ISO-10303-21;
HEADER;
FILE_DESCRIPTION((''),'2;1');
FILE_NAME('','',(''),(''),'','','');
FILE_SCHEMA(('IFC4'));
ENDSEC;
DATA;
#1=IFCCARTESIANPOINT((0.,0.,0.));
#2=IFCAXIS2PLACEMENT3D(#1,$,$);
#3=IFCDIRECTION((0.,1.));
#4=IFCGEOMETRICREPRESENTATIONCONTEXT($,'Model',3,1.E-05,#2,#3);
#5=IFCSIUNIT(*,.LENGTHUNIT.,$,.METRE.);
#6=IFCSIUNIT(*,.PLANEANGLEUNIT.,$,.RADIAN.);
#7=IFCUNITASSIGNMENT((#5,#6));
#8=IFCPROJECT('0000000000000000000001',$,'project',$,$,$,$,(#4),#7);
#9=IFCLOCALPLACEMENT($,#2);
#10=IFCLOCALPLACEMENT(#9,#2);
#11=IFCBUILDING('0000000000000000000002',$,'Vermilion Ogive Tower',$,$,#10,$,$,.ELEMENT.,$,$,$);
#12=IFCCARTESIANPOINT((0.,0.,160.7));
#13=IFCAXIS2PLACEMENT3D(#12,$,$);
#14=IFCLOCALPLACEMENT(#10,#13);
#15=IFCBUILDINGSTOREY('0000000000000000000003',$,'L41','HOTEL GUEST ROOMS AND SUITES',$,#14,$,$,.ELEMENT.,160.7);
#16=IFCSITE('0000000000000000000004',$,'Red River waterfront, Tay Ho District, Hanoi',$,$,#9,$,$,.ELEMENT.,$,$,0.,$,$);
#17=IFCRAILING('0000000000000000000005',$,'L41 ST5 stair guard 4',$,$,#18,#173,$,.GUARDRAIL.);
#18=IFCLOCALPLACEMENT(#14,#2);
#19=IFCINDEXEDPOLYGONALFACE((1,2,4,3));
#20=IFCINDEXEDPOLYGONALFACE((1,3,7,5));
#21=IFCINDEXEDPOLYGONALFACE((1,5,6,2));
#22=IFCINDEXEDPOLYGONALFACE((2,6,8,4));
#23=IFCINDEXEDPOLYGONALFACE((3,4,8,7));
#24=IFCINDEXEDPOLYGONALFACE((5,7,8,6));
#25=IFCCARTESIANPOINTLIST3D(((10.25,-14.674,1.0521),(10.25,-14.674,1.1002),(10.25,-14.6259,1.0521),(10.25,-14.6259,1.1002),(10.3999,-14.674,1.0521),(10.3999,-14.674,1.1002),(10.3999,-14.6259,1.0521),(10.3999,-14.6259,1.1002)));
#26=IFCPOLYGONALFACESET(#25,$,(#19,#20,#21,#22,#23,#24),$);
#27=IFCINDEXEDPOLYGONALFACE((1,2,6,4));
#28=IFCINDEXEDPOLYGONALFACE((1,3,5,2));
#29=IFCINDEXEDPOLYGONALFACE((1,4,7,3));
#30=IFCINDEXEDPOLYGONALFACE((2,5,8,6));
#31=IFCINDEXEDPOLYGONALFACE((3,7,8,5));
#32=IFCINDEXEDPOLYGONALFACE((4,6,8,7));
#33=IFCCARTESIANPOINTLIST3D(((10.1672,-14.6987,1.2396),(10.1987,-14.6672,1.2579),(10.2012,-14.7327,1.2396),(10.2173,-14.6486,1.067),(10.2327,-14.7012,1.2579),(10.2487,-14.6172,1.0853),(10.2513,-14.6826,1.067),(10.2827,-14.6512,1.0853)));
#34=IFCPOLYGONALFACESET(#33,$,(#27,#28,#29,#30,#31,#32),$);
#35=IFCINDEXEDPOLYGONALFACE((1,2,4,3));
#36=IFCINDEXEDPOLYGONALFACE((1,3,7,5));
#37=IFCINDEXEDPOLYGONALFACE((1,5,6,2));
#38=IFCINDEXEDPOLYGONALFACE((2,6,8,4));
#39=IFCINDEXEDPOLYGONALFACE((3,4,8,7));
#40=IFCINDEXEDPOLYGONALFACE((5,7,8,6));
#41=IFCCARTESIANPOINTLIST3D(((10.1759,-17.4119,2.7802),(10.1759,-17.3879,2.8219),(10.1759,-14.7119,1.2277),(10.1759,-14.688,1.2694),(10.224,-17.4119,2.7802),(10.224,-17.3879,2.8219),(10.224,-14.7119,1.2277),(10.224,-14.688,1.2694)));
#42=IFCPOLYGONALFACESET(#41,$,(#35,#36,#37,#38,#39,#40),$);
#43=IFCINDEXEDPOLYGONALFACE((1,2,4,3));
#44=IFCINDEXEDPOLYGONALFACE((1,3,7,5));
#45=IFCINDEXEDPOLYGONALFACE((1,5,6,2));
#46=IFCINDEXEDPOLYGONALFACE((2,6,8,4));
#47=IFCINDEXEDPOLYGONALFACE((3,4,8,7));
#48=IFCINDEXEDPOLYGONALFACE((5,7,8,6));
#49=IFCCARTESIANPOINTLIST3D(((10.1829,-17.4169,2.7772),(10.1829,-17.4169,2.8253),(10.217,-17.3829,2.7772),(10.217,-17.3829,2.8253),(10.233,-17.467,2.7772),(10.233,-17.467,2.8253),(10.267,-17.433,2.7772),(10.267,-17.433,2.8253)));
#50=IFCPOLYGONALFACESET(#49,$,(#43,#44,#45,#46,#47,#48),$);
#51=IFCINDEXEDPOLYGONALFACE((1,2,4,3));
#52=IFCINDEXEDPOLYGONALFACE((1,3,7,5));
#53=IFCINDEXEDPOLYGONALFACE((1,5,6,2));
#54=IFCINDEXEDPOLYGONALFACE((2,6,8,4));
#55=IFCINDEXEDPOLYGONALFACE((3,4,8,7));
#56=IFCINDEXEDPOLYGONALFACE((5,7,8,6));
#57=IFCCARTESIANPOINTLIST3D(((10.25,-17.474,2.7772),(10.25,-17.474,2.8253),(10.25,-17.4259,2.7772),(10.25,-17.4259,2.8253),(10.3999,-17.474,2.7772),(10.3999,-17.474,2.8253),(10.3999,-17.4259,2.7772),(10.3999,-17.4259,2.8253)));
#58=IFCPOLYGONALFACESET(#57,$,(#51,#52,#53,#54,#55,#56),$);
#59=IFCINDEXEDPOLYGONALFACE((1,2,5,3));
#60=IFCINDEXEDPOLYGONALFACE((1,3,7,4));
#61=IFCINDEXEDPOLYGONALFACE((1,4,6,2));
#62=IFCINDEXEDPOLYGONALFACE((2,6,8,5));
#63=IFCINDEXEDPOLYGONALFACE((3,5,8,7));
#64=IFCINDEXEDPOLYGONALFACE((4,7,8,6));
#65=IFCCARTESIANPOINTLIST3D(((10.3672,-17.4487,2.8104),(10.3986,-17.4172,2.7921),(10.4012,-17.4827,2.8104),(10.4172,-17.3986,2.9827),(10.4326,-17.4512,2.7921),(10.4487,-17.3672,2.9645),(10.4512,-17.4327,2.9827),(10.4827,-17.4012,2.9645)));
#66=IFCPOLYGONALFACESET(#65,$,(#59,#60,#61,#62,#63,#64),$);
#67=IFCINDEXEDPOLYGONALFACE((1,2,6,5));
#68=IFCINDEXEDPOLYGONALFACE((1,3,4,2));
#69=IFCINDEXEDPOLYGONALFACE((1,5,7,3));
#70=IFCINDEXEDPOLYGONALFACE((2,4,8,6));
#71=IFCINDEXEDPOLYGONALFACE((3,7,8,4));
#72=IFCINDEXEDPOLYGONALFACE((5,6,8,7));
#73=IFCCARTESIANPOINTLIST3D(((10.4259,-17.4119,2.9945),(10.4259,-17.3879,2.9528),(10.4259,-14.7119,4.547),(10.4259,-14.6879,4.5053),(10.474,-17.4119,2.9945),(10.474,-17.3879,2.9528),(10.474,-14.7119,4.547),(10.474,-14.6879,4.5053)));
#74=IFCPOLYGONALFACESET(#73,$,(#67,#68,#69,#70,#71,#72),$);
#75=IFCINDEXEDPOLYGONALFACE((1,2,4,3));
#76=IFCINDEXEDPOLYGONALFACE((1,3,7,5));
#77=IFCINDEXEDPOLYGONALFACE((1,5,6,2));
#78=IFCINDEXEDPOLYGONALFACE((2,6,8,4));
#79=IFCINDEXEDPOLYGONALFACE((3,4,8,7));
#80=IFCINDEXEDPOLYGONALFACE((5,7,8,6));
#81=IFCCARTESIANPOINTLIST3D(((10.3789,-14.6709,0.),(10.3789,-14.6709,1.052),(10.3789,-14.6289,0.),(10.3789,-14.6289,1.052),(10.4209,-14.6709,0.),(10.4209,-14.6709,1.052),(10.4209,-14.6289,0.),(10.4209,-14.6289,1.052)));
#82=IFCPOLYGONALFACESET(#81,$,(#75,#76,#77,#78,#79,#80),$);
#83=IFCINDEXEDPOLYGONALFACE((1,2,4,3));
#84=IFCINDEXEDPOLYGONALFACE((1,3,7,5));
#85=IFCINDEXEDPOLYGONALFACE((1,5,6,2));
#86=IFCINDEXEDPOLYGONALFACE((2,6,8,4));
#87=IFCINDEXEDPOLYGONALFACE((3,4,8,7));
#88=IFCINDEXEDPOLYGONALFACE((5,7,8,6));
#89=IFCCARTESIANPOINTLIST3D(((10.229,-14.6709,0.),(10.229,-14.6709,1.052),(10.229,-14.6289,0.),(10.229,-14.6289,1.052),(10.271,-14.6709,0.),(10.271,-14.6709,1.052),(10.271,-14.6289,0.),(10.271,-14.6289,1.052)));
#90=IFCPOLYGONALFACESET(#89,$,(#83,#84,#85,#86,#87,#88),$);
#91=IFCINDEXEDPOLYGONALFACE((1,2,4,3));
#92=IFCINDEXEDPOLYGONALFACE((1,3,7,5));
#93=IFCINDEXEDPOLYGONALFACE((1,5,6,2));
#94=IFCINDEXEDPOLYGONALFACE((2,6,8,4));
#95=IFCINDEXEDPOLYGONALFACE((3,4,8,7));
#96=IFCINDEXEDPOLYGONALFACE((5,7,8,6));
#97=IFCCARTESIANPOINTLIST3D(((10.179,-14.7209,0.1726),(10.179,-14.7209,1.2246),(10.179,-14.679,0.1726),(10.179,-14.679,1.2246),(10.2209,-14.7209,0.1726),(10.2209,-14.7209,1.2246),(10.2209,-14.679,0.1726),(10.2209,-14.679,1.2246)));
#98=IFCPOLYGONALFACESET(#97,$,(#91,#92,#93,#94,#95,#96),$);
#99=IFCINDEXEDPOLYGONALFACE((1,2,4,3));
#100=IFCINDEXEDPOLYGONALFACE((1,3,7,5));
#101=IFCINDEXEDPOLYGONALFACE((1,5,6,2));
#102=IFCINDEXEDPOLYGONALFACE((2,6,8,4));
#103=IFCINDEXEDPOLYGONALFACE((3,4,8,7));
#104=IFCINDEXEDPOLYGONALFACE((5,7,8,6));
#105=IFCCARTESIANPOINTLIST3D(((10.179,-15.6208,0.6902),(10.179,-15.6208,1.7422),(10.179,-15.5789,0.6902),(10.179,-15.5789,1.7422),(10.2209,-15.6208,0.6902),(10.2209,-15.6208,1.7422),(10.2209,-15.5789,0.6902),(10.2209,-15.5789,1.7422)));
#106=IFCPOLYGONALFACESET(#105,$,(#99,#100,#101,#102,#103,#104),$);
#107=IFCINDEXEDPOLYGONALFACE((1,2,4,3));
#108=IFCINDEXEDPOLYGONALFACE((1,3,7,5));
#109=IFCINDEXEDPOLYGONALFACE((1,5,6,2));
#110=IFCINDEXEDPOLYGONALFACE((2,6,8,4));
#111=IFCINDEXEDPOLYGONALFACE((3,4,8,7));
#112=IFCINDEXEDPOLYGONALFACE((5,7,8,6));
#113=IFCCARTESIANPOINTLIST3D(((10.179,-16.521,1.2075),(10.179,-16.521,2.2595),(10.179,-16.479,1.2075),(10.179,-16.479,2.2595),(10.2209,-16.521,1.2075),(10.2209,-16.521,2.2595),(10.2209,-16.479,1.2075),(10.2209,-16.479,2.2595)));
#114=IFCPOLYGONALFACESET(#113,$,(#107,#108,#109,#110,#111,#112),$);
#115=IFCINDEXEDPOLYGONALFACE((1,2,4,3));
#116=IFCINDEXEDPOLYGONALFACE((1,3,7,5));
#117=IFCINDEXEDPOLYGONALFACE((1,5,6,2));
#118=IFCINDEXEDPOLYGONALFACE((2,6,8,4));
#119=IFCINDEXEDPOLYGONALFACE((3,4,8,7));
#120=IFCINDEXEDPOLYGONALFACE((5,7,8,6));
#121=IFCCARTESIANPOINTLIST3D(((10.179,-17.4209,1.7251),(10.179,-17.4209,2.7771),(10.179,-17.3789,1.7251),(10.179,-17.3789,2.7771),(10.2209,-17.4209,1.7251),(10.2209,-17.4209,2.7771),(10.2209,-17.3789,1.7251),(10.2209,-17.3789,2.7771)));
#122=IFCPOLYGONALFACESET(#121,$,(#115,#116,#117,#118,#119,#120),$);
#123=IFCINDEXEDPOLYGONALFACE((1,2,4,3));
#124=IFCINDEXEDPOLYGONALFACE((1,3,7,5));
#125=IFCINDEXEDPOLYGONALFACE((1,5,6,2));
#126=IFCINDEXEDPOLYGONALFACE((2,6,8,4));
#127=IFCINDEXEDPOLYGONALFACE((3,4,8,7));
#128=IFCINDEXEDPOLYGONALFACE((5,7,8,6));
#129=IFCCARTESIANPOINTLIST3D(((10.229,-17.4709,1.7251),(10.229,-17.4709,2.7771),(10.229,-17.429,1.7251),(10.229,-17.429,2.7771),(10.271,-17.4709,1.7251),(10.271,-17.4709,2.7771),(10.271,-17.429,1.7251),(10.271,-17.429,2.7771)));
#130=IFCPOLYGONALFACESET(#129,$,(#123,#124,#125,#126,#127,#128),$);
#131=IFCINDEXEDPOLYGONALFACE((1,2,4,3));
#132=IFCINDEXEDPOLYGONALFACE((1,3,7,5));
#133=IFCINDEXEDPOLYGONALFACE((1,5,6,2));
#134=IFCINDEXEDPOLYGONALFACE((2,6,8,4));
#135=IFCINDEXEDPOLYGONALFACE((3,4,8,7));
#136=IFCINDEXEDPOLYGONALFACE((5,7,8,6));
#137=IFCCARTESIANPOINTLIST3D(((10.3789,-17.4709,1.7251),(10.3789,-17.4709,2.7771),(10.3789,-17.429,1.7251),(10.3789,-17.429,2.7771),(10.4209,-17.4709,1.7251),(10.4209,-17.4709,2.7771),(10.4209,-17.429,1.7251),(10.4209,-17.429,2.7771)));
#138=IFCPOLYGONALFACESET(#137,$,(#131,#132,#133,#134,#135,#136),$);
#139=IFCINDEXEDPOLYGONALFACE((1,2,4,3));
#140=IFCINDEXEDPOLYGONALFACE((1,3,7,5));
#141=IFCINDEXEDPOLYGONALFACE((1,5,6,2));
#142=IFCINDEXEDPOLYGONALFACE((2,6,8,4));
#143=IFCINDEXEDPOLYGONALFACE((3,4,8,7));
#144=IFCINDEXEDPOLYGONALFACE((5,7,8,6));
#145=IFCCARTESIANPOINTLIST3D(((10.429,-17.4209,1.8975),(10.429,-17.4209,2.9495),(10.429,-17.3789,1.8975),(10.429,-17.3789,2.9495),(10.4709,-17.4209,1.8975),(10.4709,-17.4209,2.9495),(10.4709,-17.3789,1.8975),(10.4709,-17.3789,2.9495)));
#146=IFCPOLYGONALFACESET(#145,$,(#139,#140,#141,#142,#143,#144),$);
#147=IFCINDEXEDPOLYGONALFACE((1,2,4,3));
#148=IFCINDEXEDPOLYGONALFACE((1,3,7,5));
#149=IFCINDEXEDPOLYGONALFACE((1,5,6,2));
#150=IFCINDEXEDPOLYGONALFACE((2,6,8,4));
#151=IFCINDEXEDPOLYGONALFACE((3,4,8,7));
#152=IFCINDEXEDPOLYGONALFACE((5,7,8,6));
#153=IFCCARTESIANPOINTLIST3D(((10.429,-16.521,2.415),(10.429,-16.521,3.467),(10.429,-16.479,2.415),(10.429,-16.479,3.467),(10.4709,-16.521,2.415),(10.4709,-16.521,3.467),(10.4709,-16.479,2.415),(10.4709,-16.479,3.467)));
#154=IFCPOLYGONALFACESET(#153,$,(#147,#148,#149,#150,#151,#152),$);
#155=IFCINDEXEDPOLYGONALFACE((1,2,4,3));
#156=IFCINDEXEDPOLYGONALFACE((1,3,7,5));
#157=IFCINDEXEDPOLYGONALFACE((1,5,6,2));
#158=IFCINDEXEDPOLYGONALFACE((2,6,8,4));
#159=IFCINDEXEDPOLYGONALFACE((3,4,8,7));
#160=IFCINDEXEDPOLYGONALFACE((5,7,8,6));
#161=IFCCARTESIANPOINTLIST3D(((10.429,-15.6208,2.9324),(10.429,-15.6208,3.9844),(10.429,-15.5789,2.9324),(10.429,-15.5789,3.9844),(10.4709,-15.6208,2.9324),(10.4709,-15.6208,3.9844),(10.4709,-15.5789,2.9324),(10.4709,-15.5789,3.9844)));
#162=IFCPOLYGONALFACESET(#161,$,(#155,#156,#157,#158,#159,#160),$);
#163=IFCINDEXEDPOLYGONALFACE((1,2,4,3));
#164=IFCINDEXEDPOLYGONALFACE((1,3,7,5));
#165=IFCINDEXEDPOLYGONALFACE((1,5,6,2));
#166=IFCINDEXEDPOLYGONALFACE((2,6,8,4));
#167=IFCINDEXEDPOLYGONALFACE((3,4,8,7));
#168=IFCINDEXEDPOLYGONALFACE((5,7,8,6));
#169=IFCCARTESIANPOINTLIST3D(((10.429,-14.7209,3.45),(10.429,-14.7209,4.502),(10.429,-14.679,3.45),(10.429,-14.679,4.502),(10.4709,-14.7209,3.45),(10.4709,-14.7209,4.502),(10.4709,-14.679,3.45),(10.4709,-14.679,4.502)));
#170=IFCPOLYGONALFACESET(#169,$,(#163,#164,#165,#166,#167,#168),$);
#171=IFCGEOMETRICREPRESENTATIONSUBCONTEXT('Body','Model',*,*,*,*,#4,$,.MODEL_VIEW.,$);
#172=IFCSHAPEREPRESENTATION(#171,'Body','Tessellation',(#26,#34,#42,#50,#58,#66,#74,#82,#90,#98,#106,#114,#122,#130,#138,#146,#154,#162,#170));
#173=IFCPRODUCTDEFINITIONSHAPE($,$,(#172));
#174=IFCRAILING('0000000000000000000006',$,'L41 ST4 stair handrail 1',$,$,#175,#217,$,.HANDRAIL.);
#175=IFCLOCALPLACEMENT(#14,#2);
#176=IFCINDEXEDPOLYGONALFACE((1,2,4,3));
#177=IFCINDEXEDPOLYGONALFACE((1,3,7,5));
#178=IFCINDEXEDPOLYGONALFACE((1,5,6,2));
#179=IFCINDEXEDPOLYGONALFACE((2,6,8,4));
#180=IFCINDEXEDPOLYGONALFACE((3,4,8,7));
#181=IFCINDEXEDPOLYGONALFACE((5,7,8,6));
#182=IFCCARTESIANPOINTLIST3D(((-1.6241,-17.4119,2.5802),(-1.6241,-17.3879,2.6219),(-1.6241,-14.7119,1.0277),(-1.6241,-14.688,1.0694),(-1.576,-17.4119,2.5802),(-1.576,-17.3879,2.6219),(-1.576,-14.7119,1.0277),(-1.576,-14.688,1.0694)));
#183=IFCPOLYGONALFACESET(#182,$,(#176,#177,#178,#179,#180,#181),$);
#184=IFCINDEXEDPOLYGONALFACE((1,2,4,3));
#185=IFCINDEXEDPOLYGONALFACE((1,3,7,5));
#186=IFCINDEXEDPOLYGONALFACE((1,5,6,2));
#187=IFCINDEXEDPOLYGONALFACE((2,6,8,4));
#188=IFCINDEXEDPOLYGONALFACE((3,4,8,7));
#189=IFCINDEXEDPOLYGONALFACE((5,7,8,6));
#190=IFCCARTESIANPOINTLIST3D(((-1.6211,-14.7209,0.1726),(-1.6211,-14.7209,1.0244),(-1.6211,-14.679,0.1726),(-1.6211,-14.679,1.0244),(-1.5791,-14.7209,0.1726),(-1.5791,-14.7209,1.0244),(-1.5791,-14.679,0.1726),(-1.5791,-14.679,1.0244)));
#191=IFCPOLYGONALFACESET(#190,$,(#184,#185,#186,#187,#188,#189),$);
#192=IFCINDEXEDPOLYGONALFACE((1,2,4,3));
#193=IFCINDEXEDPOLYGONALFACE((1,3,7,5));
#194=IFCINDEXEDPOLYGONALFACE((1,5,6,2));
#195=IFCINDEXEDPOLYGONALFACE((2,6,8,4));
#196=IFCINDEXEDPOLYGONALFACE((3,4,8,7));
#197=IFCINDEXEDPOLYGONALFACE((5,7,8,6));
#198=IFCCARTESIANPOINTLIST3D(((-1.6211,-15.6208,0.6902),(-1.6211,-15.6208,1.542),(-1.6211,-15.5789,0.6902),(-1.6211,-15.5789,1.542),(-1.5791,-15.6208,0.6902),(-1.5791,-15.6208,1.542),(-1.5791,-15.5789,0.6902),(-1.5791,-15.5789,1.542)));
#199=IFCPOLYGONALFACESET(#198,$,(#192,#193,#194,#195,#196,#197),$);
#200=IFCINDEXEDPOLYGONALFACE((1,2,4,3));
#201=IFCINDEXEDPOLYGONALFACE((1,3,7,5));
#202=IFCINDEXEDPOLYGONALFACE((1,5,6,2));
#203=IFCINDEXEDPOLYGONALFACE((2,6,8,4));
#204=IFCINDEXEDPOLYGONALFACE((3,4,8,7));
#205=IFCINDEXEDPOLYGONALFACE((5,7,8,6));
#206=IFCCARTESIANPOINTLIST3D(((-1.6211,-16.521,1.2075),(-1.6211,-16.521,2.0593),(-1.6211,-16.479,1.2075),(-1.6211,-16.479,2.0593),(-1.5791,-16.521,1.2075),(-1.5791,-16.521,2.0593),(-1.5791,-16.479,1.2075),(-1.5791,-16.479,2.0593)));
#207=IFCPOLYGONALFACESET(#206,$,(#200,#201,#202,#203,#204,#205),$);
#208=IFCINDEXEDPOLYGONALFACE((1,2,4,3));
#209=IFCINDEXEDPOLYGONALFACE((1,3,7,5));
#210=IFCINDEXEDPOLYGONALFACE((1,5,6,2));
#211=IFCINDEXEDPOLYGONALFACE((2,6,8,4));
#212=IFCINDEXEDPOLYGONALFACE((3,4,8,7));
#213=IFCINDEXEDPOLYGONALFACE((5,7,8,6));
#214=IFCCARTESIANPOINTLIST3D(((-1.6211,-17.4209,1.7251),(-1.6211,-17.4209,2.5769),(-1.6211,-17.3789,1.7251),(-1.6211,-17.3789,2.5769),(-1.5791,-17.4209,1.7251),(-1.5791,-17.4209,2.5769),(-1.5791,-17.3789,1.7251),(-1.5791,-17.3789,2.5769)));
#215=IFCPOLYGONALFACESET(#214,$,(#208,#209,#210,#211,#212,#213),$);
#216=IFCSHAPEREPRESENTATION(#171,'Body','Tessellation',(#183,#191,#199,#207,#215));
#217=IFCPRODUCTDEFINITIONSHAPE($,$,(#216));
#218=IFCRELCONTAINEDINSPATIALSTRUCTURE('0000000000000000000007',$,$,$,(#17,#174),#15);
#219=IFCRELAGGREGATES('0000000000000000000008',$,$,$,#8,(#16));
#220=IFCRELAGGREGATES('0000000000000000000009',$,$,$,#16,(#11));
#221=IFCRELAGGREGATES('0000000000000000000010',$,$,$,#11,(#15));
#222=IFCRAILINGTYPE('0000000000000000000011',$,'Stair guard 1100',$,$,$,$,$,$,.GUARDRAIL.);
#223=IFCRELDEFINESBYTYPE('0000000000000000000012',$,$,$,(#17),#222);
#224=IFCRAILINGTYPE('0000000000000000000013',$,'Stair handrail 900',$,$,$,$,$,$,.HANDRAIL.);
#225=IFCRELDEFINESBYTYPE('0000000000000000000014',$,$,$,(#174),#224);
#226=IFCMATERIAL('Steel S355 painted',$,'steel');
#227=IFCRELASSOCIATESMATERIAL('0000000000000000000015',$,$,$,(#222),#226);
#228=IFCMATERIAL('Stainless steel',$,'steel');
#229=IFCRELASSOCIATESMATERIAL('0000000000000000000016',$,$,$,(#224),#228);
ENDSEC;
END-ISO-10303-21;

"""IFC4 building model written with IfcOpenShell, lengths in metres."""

from ifc_helpers import new_model, si_unit, direction, frame, origin, origin_2d, place, context, subcontext, project, spatial, rectangle, extrude, material, type_object, element, save


model = new_model("IFC4")

# Units and contexts
model_context = context("Model", 3, precision=1e-05, world=origin(), true_north=direction((0.0, 1.0)))
body_context = subcontext(model_context, "Body", "Model", "MODEL_VIEW")
ifc_project = project(units=[si_unit("LENGTHUNIT", "METRE"), si_unit("PLANEANGLEUNIT", "RADIAN")], contexts=[model_context])

# Site, building, storey
site_placement = place(None, origin())
site = spatial("IfcSite", under=ifc_project, at=site_placement, Name="Red River waterfront, Tay Ho District, Hanoi", CompositionType="ELEMENT", RefElevation=0.0)
building_placement = place(site_placement, origin())
building = spatial("IfcBuilding", under=site, at=building_placement, Name="Vermilion Ogive Tower", CompositionType="ELEMENT")
storey_placement = place(building_placement, frame((0.0, 0.0, 160.7)))
storey = spatial("IfcBuildingStorey", under=building, at=storey_placement, Name="L41", Description="HOTEL GUEST ROOMS AND SUITES", CompositionType="ELEMENT", Elevation=160.7)

# Railings
ifc_material_1 = material(Name="Steel S355 painted", Category="steel")
railing_type_1 = type_object("IfcRailingType", Name="Stair guard 1100", PredefinedType="GUARDRAIL", material=ifc_material_1)
railing_1_placement = place(storey_placement, frame((10.3999, -14.6499, 0.0)))
element("IfcRailing", 1, at=railing_1_placement, inside=storey, type_object=railing_type_1, Name="L41 ST5 stair guard 4", PredefinedType="GUARDRAIL", context=body_context, shape_type="SweptSolid", body=[
    extrude(rectangle(XDim=0.0481, YDim=0.0481, at=origin_2d()), frame((0.0, 0.0, 1.0762), z_axis=(-1.0, 0.0, 0.0), x_axis=(0.0, -1.0, 0.0)), (0.0, 0.0, 1.0), 0.1499),
    extrude(rectangle(XDim=0.0481, YDim=0.0481, at=origin_2d()), frame((-0.1499, 0.0, 1.0762), z_axis=(-0.268278, -0.268278, 0.925232), x_axis=(0.707107, -0.707107, 0.0)), (0.0, 0.0, 1.0), 0.1865),
    extrude(rectangle(XDim=0.0481, YDim=0.0481, at=origin_2d()), frame((-0.2, -0.05, 1.2485), z_axis=(0.0, -0.866904, 0.498476), x_axis=(1.0, 0.0, 0.0)), (0.0, 0.0, 1.0), 3.1145),
    extrude(rectangle(XDim=0.0481, YDim=0.0481, at=origin_2d()), frame((-0.2, -2.75, 2.8013), z_axis=(0.707107, -0.707107, 0.0), x_axis=(0.707107, 0.707107, 0.0)), (0.0, 0.0, 1.0), 0.0708),
    extrude(rectangle(XDim=0.0481, YDim=0.0481, at=origin_2d()), frame((-0.1499, -2.8, 2.8013), z_axis=(1.0, 0.0, 0.0), x_axis=(0.0, 1.0, 0.0)), (0.0, 0.0, 1.0), 0.1499),
    extrude(rectangle(XDim=0.0481, YDim=0.0481, at=origin_2d()), frame((0.0, -2.8, 2.8013), z_axis=(0.268603, 0.268603, 0.925043), x_axis=(-0.707107, 0.707107, 0.0)), (0.0, 0.0, 1.0), 0.1863),
    extrude(rectangle(XDim=0.0481, YDim=0.0481, at=origin_2d()), frame((0.05, -2.75, 2.9736), z_axis=(0.0, 0.866904, 0.498476), x_axis=(-1.0, 0.0, 0.0)), (0.0, 0.0, 1.0), 3.1145),
    extrude(rectangle(XDim=0.042, YDim=0.042, at=origin_2d()), origin(), (0.0, 0.0, 1.0), 1.052),
    extrude(rectangle(XDim=0.042, YDim=0.042, at=origin_2d()), frame((-0.1499, 0.0, 0.0)), (0.0, 0.0, 1.0), 1.052),
    extrude(rectangle(XDim=0.042, YDim=0.042, at=origin_2d()), frame((-0.2, -0.05, 0.1726)), (0.0, 0.0, 1.0), 1.052),
    extrude(rectangle(XDim=0.042, YDim=0.042, at=origin_2d()), frame((-0.2, -0.95, 0.6902)), (0.0, 0.0, 1.0), 1.052),
    extrude(rectangle(XDim=0.042, YDim=0.042, at=origin_2d()), frame((-0.2, -1.8501, 1.2075)), (0.0, 0.0, 1.0), 1.052),
    extrude(rectangle(XDim=0.042, YDim=0.042, at=origin_2d()), frame((-0.2, -2.75, 1.7251)), (0.0, 0.0, 1.0), 1.052),
    extrude(rectangle(XDim=0.042, YDim=0.042, at=origin_2d()), frame((-0.1499, -2.8, 1.7251)), (0.0, 0.0, 1.0), 1.052),
    extrude(rectangle(XDim=0.042, YDim=0.042, at=origin_2d()), frame((0.0, -2.8, 1.7251)), (0.0, 0.0, 1.0), 1.052),
    extrude(rectangle(XDim=0.042, YDim=0.042, at=origin_2d()), frame((0.05, -2.75, 1.8975)), (0.0, 0.0, 1.0), 1.052),
    extrude(rectangle(XDim=0.042, YDim=0.042, at=origin_2d()), frame((0.05, -1.8501, 2.415)), (0.0, 0.0, 1.0), 1.052),
    extrude(rectangle(XDim=0.042, YDim=0.042, at=origin_2d()), frame((0.05, -0.95, 2.9324)), (0.0, 0.0, 1.0), 1.052),
    extrude(rectangle(XDim=0.042, YDim=0.042, at=origin_2d()), frame((0.05, -0.05, 3.45)), (0.0, 0.0, 1.0), 1.052),
])
ifc_material_2 = material(Name="Stainless steel", Category="steel")
railing_type_2 = type_object("IfcRailingType", Name="Stair handrail 900", PredefinedType="HANDRAIL", material=ifc_material_2)
railing_2_placement = place(storey_placement, frame((-1.6001, -14.7, 0.1726)))
element("IfcRailing", 2, at=railing_2_placement, inside=storey, type_object=railing_type_2, Name="L41 ST4 stair handrail 1", PredefinedType="HANDRAIL", context=body_context, shape_type="SweptSolid", body=[
    extrude(rectangle(XDim=0.0481, YDim=0.0481, at=origin_2d()), frame((0.0, 0.0, 0.876), z_axis=(0.0, -0.866904, 0.498476), x_axis=(1.0, 0.0, 0.0)), (0.0, 0.0, 1.0), 3.1145),
    extrude(rectangle(XDim=0.042, YDim=0.042, at=origin_2d()), origin(), (0.0, 0.0, 1.0), 0.8518),
    extrude(rectangle(XDim=0.042, YDim=0.042, at=origin_2d()), frame((0.0, -0.8999, 0.5176)), (0.0, 0.0, 1.0), 0.8518),
    extrude(rectangle(XDim=0.042, YDim=0.042, at=origin_2d()), frame((0.0, -1.8, 1.0349)), (0.0, 0.0, 1.0), 0.8518),
    extrude(rectangle(XDim=0.042, YDim=0.042, at=origin_2d()), frame((0.0, -2.7, 1.5525)), (0.0, 0.0, 1.0), 0.8518),
])

save(model, "model.ifc")
